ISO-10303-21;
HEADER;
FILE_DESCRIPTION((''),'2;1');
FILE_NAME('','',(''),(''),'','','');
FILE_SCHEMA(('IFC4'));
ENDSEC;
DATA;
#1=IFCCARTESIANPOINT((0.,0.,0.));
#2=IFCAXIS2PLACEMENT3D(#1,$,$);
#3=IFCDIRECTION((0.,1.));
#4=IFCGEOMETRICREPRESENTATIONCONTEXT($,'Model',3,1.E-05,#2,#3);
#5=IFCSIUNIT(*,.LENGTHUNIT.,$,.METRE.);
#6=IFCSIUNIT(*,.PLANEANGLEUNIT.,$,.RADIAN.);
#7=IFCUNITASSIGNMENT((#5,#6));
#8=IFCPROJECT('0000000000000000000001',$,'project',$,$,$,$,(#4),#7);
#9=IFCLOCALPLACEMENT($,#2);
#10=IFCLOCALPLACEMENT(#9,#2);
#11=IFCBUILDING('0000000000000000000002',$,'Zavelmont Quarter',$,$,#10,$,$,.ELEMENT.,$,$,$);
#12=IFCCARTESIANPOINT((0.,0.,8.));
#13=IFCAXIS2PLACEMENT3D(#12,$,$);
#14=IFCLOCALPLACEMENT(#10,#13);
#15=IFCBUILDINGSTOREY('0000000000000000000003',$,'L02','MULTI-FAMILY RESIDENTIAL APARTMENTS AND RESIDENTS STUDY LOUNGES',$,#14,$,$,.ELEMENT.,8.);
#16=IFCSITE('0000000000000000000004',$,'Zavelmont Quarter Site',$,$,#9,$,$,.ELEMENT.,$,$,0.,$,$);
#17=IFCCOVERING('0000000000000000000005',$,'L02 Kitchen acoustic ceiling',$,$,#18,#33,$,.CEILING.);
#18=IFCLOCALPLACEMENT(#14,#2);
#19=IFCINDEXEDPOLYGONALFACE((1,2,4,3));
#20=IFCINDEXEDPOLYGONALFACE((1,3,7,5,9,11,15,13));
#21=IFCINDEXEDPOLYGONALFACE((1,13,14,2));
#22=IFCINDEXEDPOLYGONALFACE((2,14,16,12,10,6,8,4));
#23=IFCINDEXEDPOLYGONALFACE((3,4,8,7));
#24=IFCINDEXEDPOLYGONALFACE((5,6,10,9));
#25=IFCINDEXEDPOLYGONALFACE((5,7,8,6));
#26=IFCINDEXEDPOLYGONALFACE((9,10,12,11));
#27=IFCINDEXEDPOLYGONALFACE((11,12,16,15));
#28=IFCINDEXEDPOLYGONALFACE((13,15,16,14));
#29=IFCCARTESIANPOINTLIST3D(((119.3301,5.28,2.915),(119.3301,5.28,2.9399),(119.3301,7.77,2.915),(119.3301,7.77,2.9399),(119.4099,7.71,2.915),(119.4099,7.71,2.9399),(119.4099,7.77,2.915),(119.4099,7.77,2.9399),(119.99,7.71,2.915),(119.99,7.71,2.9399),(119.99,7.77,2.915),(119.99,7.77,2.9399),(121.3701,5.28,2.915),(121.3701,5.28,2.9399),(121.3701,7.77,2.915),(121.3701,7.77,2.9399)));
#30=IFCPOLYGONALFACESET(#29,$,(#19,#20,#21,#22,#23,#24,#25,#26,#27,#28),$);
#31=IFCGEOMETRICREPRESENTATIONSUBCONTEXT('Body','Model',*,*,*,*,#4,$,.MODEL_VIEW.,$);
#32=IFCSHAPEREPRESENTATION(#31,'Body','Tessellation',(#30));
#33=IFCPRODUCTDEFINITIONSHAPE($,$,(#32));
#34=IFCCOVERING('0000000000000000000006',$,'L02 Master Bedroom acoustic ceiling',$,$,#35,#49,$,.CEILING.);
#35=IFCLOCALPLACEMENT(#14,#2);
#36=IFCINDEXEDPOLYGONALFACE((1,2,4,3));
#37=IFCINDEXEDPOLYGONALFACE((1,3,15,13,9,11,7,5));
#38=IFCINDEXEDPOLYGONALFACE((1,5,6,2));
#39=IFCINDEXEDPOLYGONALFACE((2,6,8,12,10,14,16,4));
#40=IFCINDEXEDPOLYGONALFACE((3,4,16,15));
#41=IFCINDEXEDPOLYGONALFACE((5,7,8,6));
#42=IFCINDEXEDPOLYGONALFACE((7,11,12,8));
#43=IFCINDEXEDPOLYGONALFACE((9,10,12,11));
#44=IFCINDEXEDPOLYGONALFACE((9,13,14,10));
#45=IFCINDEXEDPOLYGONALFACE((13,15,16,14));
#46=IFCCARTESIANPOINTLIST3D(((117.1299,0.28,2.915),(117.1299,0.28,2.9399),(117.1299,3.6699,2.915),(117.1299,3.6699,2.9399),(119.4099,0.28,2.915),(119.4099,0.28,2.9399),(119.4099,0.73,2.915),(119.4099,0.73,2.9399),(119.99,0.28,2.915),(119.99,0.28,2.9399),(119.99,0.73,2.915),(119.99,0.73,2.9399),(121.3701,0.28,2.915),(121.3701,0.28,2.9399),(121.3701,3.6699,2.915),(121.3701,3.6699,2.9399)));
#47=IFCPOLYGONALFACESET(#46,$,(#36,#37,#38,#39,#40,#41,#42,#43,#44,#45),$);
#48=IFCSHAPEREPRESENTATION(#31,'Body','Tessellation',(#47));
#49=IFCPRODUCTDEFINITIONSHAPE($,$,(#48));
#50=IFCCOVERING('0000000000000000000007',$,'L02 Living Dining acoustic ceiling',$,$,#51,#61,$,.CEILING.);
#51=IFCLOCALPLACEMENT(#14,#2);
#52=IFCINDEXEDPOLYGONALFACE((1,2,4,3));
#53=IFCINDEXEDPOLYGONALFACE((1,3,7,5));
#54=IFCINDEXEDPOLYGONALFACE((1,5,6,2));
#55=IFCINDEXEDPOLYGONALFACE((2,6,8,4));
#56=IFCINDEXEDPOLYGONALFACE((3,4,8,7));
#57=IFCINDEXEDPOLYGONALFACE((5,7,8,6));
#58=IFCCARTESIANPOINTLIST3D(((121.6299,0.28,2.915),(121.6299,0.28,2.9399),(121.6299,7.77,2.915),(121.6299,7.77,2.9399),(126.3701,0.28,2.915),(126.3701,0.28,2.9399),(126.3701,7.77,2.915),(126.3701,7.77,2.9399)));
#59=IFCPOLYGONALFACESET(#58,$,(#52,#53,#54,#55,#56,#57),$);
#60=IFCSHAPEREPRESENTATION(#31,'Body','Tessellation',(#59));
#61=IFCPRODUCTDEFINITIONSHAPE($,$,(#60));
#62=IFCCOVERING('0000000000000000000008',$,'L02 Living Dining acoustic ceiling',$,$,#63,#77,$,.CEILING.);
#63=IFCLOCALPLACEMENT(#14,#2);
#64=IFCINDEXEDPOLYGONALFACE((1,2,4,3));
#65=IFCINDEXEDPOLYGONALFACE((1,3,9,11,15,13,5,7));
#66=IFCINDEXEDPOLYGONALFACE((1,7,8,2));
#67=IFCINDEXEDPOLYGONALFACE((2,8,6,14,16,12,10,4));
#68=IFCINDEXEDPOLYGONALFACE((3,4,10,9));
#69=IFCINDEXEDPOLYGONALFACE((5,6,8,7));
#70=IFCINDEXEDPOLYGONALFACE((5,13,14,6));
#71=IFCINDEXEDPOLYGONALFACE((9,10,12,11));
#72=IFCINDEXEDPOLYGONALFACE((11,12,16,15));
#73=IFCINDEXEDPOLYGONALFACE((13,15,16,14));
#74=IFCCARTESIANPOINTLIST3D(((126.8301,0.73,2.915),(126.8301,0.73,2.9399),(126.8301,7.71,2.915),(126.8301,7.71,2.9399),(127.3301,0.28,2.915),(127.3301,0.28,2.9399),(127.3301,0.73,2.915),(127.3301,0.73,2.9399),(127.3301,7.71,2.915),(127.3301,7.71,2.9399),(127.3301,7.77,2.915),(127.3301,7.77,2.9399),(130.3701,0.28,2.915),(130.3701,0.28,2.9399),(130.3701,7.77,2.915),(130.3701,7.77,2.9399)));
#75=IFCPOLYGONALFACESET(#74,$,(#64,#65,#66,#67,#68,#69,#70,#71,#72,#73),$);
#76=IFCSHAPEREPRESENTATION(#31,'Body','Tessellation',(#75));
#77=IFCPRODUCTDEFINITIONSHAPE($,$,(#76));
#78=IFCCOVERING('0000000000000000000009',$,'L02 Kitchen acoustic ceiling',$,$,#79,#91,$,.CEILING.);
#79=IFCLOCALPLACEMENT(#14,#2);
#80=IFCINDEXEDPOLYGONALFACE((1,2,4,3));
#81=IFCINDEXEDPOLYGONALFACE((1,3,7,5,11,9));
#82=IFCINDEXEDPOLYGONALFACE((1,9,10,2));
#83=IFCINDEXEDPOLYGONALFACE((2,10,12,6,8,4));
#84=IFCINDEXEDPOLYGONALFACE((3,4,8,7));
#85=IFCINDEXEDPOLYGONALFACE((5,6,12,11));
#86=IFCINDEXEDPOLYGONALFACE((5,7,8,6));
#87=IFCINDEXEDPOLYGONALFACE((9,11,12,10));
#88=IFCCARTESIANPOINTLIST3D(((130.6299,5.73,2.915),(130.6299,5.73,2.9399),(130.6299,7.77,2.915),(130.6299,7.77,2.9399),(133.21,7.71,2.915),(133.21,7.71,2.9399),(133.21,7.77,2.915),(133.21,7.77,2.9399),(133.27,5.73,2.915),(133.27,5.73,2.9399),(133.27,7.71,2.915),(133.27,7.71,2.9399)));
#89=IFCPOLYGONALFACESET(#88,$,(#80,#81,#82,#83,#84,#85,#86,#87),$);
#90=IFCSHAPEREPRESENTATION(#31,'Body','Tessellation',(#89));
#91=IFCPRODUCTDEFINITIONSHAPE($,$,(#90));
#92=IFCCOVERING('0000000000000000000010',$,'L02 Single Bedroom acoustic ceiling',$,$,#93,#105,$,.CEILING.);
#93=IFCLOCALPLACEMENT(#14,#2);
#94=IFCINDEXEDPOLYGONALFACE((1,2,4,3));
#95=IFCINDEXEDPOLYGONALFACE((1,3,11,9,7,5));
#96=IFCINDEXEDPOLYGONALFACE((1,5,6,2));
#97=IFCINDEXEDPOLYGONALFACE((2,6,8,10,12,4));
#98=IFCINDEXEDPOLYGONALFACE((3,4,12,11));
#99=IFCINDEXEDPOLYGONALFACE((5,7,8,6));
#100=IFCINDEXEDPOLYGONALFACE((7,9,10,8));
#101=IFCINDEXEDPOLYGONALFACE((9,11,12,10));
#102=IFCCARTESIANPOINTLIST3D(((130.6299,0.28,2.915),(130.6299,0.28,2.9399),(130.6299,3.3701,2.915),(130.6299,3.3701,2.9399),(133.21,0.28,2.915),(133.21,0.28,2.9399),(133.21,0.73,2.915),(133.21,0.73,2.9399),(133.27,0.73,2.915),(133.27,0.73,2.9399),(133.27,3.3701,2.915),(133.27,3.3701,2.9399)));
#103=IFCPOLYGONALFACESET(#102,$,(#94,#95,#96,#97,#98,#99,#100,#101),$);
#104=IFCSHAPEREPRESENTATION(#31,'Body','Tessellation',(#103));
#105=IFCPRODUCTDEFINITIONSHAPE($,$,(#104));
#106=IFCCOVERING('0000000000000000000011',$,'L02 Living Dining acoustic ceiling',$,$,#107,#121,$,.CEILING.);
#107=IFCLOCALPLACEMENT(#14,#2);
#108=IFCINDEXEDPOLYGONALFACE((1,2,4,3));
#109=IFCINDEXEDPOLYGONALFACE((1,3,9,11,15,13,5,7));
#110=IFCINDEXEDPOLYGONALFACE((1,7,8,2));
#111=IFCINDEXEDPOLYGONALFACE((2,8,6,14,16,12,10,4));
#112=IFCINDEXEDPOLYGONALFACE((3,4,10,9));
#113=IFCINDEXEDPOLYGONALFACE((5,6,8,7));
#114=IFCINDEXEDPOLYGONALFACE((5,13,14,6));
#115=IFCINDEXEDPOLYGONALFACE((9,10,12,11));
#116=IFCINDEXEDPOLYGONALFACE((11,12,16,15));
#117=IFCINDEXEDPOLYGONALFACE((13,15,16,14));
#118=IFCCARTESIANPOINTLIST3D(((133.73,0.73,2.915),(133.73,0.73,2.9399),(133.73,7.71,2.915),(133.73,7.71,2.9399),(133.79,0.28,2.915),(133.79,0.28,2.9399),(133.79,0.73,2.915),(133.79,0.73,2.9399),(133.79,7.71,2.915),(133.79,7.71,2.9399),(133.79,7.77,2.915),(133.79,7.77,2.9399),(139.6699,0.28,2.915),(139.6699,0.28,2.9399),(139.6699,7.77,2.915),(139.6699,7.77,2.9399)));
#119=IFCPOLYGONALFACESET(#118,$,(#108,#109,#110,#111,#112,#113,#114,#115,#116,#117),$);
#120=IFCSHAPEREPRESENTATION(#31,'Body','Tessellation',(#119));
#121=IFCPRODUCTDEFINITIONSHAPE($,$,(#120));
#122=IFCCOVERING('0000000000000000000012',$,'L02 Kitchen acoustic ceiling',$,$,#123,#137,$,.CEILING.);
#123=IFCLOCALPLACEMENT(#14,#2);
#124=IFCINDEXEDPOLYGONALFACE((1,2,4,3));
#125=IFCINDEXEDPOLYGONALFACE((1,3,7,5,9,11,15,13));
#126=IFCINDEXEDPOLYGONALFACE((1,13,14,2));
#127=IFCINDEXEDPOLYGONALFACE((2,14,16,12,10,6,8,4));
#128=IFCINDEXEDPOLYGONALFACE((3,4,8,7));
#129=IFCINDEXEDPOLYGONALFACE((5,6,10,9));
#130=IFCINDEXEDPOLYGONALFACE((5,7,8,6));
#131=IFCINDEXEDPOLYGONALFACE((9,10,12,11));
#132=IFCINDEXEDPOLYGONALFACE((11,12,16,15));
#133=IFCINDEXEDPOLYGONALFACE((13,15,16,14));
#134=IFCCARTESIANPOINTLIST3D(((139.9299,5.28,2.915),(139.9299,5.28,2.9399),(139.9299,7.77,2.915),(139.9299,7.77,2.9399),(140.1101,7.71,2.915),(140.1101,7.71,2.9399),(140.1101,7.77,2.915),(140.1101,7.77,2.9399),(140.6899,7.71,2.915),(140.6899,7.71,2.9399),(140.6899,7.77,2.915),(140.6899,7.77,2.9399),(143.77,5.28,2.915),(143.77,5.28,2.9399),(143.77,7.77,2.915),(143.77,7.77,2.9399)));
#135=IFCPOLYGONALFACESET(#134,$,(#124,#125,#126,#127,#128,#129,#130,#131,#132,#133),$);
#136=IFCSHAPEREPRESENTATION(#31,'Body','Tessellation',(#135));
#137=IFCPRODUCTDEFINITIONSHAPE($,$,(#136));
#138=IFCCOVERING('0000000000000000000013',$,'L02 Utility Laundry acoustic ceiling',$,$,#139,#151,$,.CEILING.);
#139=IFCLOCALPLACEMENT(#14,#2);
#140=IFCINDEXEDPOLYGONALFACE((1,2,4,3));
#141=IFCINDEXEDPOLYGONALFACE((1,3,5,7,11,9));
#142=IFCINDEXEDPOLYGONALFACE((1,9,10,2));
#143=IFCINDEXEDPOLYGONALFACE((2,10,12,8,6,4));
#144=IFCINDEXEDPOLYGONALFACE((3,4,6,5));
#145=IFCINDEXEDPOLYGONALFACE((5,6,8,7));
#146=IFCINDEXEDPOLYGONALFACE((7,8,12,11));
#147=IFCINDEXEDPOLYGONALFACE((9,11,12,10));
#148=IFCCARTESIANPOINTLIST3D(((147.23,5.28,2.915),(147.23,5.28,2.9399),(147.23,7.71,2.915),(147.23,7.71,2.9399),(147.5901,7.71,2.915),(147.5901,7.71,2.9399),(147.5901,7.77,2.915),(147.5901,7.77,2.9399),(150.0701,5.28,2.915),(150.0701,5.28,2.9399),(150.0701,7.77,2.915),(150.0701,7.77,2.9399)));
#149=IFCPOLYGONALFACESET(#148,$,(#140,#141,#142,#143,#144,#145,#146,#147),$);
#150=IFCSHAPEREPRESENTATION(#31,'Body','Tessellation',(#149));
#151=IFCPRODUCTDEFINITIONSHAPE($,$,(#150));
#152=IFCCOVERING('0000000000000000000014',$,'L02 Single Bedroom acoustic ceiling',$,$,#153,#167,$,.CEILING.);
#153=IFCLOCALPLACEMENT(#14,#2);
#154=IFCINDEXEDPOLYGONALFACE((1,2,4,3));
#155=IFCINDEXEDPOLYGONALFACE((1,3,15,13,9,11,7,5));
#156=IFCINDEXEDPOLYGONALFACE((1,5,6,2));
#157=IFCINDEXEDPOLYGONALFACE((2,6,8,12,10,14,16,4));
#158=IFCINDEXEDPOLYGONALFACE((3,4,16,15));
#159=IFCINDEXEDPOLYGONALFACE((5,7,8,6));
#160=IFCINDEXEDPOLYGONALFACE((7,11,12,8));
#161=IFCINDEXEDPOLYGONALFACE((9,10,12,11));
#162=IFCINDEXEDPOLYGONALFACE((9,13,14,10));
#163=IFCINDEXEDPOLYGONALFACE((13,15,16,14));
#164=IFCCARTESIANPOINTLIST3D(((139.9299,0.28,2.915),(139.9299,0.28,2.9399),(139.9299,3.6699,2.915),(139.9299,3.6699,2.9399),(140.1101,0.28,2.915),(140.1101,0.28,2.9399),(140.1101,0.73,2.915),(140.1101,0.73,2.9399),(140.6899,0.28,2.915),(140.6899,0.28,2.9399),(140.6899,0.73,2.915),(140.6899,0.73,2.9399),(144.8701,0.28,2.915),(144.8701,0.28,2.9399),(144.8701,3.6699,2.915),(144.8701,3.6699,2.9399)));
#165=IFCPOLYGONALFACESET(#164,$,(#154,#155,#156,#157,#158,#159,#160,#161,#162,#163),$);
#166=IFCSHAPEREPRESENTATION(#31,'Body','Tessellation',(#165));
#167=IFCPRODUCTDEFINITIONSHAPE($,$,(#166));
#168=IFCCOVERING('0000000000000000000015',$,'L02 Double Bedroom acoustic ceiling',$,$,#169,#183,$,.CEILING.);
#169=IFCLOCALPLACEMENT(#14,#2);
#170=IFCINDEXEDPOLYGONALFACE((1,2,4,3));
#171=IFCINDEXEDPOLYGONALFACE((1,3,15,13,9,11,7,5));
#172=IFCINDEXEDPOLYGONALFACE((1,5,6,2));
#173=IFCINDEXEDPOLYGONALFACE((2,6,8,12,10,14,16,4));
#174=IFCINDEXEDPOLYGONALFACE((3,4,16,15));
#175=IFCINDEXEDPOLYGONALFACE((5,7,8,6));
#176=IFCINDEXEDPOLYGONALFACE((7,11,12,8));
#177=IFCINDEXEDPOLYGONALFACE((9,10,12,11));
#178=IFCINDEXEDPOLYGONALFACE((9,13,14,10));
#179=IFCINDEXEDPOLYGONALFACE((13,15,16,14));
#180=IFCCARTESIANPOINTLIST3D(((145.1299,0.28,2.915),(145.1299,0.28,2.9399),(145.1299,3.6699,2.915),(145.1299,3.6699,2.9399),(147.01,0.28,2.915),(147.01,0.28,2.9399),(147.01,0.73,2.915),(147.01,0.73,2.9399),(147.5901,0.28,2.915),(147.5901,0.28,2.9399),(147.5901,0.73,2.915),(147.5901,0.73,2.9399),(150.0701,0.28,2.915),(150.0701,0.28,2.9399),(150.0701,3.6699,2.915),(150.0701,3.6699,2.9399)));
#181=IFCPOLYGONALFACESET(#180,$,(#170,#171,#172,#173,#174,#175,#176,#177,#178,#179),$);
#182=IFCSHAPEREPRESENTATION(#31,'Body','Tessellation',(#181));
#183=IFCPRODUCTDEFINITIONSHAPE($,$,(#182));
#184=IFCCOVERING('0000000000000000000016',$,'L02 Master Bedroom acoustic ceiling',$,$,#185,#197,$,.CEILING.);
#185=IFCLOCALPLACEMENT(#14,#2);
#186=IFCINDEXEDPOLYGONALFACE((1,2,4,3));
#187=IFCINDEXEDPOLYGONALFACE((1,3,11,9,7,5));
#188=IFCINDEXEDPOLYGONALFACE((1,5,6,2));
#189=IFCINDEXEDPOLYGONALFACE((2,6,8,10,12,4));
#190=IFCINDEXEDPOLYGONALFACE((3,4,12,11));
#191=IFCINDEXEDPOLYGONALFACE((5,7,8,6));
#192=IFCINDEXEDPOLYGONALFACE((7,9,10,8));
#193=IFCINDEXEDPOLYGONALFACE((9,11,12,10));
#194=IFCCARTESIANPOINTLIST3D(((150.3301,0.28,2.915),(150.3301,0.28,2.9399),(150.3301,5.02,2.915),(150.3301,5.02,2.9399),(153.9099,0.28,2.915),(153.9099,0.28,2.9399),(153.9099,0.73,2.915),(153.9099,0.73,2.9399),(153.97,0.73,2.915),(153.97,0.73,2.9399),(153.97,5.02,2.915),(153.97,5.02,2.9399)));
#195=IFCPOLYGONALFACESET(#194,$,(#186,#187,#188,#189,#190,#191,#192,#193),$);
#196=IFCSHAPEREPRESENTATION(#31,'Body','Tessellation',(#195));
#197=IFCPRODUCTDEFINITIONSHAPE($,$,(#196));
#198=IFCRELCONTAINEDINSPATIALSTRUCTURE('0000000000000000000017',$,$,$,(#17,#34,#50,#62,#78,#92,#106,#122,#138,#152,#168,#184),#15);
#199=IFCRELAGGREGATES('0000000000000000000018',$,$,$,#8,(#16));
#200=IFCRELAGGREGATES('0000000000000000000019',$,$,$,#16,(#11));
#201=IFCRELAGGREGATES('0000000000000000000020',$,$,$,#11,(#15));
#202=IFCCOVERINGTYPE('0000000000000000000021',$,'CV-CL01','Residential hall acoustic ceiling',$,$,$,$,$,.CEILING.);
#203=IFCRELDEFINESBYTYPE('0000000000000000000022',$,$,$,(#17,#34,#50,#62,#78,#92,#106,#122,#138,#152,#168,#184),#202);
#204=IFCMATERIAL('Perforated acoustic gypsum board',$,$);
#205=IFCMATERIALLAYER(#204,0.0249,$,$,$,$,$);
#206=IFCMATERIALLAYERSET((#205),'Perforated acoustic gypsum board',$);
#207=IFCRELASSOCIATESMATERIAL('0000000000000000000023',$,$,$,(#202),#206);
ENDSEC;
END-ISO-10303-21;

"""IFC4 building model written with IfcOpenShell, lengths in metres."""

from ifc_helpers import new_model, si_unit, direction, frame, origin, place, context, subcontext, project, spatial, polyline, outline, extrude, material, layer, layer_set, type_object, element, save


model = new_model("IFC4")

# Units and contexts
model_context = context("Model", 3, precision=1e-05, world=origin(), true_north=direction((0.0, 1.0)))
body_context = subcontext(model_context, "Body", "Model", "MODEL_VIEW")
ifc_project = project(units=[si_unit("LENGTHUNIT", "METRE"), si_unit("PLANEANGLEUNIT", "RADIAN")], contexts=[model_context])

# Site, building, storey
site_placement = place(None, origin())
site = spatial("IfcSite", under=ifc_project, at=site_placement, Name="Zavelmont Quarter Site", CompositionType="ELEMENT", RefElevation=0.0)
building_placement = place(site_placement, origin())
building = spatial("IfcBuilding", under=site, at=building_placement, Name="Zavelmont Quarter", CompositionType="ELEMENT")
storey_placement = place(building_placement, frame((0.0, 0.0, 8.0)))
storey = spatial("IfcBuildingStorey", under=building, at=storey_placement, Name="L02", Description="MULTI-FAMILY RESIDENTIAL APARTMENTS AND RESIDENTS STUDY LOUNGES", CompositionType="ELEMENT", Elevation=8.0)

# Coverings
ifc_material_1 = material(Name="Perforated acoustic gypsum board")
ifc_layer_1 = layer(ifc_material_1, 0.0249)
ifc_layer_set_1 = layer_set([ifc_layer_1], Name="Perforated acoustic gypsum board")
covering_type_1 = type_object("IfcCoveringType", Name="CV-CL01", Description="Residential hall acoustic ceiling", PredefinedType="CEILING", material=ifc_layer_set_1)
covering_1_placement = place(storey_placement, frame((0.0, 0.0, 2.915)))
element("IfcCovering", 1, at=covering_1_placement, inside=storey, type_object=covering_type_1, Name="L02 Kitchen acoustic ceiling", PredefinedType="CEILING", context=body_context, shape_type="SweptSolid", body=[
    extrude(outline(polyline([(119.3301, 7.77), (119.4099, 7.77), (119.4099, 7.71), (119.99, 7.71), (119.99, 7.77), (121.3701, 7.77), (121.3701, 5.28), (119.3301, 5.28), (119.3301, 7.77)])), origin(), (0.0, 0.0, 1.0), 0.0249),
])
covering_2_placement = place(storey_placement, frame((0.0, 0.0, 2.915)))
element("IfcCovering", 2, at=covering_2_placement, inside=storey, type_object=covering_type_1, Name="L02 Master Bedroom acoustic ceiling", PredefinedType="CEILING", context=body_context, shape_type="SweptSolid", body=[
    extrude(outline(polyline([(117.1299, 3.6699), (121.3701, 3.6699), (121.3701, 0.28), (119.99, 0.28), (119.99, 0.73), (119.4099, 0.73), (119.4099, 0.28), (117.1299, 0.28), (117.1299, 3.6699)])), origin(), (0.0, 0.0, 1.0), 0.0249),
])
covering_3_placement = place(storey_placement, frame((0.0, 0.0, 2.915)))
element("IfcCovering", 3, at=covering_3_placement, inside=storey, type_object=covering_type_1, Name="L02 Living Dining acoustic ceiling", PredefinedType="CEILING", context=body_context, shape_type="SweptSolid", body=[
    extrude(outline(polyline([(121.6299, 7.77), (126.3701, 7.77), (126.3701, 0.28), (121.6299, 0.28), (121.6299, 7.77)])), origin(), (0.0, 0.0, 1.0), 0.0249),
])
covering_4_placement = place(storey_placement, frame((0.0, 0.0, 2.915)))
element("IfcCovering", 4, at=covering_4_placement, inside=storey, type_object=covering_type_1, Name="L02 Living Dining acoustic ceiling", PredefinedType="CEILING", context=body_context, shape_type="SweptSolid", body=[
    extrude(outline(polyline([(126.8301, 7.71), (127.3301, 7.71), (127.3301, 7.77), (130.3701, 7.77), (130.3701, 0.28), (127.3301, 0.28), (127.3301, 0.73), (126.8301, 0.73), (126.8301, 7.71)])), origin(), (0.0, 0.0, 1.0), 0.0249),
])
covering_5_placement = place(storey_placement, frame((0.0, 0.0, 2.915)))
element("IfcCovering", 5, at=covering_5_placement, inside=storey, type_object=covering_type_1, Name="L02 Kitchen acoustic ceiling", PredefinedType="CEILING", context=body_context, shape_type="SweptSolid", body=[
    extrude(outline(polyline([(130.6299, 7.77), (133.21, 7.77), (133.21, 7.71), (133.27, 7.71), (133.27, 5.73), (130.6299, 5.73), (130.6299, 7.77)])), origin(), (0.0, 0.0, 1.0), 0.0249),
])
covering_6_placement = place(storey_placement, frame((0.0, 0.0, 2.915)))
element("IfcCovering", 6, at=covering_6_placement, inside=storey, type_object=covering_type_1, Name="L02 Single Bedroom acoustic ceiling", PredefinedType="CEILING", context=body_context, shape_type="SweptSolid", body=[
    extrude(outline(polyline([(130.6299, 3.3701), (133.27, 3.3701), (133.27, 0.73), (133.21, 0.73), (133.21, 0.28), (130.6299, 0.28), (130.6299, 3.3701)])), origin(), (0.0, 0.0, 1.0), 0.0249),
])
covering_7_placement = place(storey_placement, frame((0.0, 0.0, 2.915)))
element("IfcCovering", 7, at=covering_7_placement, inside=storey, type_object=covering_type_1, Name="L02 Living Dining acoustic ceiling", PredefinedType="CEILING", context=body_context, shape_type="SweptSolid", body=[
    extrude(outline(polyline([(133.73, 7.71), (133.79, 7.71), (133.79, 7.77), (139.6699, 7.77), (139.6699, 0.28), (133.79, 0.28), (133.79, 0.73), (133.73, 0.73), (133.73, 7.71)])), origin(), (0.0, 0.0, 1.0), 0.0249),
])
covering_8_placement = place(storey_placement, frame((0.0, 0.0, 2.915)))
element("IfcCovering", 8, at=covering_8_placement, inside=storey, type_object=covering_type_1, Name="L02 Kitchen acoustic ceiling", PredefinedType="CEILING", context=body_context, shape_type="SweptSolid", body=[
    extrude(outline(polyline([(139.9299, 7.77), (140.1101, 7.77), (140.1101, 7.71), (140.6899, 7.71), (140.6899, 7.77), (143.77, 7.77), (143.77, 5.28), (139.9299, 5.28), (139.9299, 7.77)])), origin(), (0.0, 0.0, 1.0), 0.0249),
])
covering_9_placement = place(storey_placement, frame((0.0, 0.0, 2.915)))
element("IfcCovering", 9, at=covering_9_placement, inside=storey, type_object=covering_type_1, Name="L02 Utility Laundry acoustic ceiling", PredefinedType="CEILING", context=body_context, shape_type="SweptSolid", body=[
    extrude(outline(polyline([(147.23, 7.71), (147.5901, 7.71), (147.5901, 7.77), (150.0701, 7.77), (150.0701, 5.28), (147.23, 5.28), (147.23, 7.71)])), origin(), (0.0, 0.0, 1.0), 0.0249),
])
covering_10_placement = place(storey_placement, frame((0.0, 0.0, 2.915)))
element("IfcCovering", 10, at=covering_10_placement, inside=storey, type_object=covering_type_1, Name="L02 Single Bedroom acoustic ceiling", PredefinedType="CEILING", context=body_context, shape_type="SweptSolid", body=[
    extrude(outline(polyline([(139.9299, 3.6699), (144.8701, 3.6699), (144.8701, 0.28), (140.6899, 0.28), (140.6899, 0.73), (140.1101, 0.73), (140.1101, 0.28), (139.9299, 0.28), (139.9299, 3.6699)])), origin(), (0.0, 0.0, 1.0), 0.0249),
])
covering_11_placement = place(storey_placement, frame((0.0, 0.0, 2.915)))
element("IfcCovering", 11, at=covering_11_placement, inside=storey, type_object=covering_type_1, Name="L02 Double Bedroom acoustic ceiling", PredefinedType="CEILING", context=body_context, shape_type="SweptSolid", body=[
    extrude(outline(polyline([(145.1299, 3.6699), (150.0701, 3.6699), (150.0701, 0.28), (147.5901, 0.28), (147.5901, 0.73), (147.01, 0.73), (147.01, 0.28), (145.1299, 0.28), (145.1299, 3.6699)])), origin(), (0.0, 0.0, 1.0), 0.0249),
])
covering_12_placement = place(storey_placement, frame((0.0, 0.0, 2.915)))
element("IfcCovering", 12, at=covering_12_placement, inside=storey, type_object=covering_type_1, Name="L02 Master Bedroom acoustic ceiling", PredefinedType="CEILING", context=body_context, shape_type="SweptSolid", body=[
    extrude(outline(polyline([(150.3301, 5.02), (153.97, 5.02), (153.97, 0.73), (153.9099, 0.73), (153.9099, 0.28), (150.3301, 0.28), (150.3301, 5.02)])), origin(), (0.0, 0.0, 1.0), 0.0249),
])

save(model, "model.ifc")
